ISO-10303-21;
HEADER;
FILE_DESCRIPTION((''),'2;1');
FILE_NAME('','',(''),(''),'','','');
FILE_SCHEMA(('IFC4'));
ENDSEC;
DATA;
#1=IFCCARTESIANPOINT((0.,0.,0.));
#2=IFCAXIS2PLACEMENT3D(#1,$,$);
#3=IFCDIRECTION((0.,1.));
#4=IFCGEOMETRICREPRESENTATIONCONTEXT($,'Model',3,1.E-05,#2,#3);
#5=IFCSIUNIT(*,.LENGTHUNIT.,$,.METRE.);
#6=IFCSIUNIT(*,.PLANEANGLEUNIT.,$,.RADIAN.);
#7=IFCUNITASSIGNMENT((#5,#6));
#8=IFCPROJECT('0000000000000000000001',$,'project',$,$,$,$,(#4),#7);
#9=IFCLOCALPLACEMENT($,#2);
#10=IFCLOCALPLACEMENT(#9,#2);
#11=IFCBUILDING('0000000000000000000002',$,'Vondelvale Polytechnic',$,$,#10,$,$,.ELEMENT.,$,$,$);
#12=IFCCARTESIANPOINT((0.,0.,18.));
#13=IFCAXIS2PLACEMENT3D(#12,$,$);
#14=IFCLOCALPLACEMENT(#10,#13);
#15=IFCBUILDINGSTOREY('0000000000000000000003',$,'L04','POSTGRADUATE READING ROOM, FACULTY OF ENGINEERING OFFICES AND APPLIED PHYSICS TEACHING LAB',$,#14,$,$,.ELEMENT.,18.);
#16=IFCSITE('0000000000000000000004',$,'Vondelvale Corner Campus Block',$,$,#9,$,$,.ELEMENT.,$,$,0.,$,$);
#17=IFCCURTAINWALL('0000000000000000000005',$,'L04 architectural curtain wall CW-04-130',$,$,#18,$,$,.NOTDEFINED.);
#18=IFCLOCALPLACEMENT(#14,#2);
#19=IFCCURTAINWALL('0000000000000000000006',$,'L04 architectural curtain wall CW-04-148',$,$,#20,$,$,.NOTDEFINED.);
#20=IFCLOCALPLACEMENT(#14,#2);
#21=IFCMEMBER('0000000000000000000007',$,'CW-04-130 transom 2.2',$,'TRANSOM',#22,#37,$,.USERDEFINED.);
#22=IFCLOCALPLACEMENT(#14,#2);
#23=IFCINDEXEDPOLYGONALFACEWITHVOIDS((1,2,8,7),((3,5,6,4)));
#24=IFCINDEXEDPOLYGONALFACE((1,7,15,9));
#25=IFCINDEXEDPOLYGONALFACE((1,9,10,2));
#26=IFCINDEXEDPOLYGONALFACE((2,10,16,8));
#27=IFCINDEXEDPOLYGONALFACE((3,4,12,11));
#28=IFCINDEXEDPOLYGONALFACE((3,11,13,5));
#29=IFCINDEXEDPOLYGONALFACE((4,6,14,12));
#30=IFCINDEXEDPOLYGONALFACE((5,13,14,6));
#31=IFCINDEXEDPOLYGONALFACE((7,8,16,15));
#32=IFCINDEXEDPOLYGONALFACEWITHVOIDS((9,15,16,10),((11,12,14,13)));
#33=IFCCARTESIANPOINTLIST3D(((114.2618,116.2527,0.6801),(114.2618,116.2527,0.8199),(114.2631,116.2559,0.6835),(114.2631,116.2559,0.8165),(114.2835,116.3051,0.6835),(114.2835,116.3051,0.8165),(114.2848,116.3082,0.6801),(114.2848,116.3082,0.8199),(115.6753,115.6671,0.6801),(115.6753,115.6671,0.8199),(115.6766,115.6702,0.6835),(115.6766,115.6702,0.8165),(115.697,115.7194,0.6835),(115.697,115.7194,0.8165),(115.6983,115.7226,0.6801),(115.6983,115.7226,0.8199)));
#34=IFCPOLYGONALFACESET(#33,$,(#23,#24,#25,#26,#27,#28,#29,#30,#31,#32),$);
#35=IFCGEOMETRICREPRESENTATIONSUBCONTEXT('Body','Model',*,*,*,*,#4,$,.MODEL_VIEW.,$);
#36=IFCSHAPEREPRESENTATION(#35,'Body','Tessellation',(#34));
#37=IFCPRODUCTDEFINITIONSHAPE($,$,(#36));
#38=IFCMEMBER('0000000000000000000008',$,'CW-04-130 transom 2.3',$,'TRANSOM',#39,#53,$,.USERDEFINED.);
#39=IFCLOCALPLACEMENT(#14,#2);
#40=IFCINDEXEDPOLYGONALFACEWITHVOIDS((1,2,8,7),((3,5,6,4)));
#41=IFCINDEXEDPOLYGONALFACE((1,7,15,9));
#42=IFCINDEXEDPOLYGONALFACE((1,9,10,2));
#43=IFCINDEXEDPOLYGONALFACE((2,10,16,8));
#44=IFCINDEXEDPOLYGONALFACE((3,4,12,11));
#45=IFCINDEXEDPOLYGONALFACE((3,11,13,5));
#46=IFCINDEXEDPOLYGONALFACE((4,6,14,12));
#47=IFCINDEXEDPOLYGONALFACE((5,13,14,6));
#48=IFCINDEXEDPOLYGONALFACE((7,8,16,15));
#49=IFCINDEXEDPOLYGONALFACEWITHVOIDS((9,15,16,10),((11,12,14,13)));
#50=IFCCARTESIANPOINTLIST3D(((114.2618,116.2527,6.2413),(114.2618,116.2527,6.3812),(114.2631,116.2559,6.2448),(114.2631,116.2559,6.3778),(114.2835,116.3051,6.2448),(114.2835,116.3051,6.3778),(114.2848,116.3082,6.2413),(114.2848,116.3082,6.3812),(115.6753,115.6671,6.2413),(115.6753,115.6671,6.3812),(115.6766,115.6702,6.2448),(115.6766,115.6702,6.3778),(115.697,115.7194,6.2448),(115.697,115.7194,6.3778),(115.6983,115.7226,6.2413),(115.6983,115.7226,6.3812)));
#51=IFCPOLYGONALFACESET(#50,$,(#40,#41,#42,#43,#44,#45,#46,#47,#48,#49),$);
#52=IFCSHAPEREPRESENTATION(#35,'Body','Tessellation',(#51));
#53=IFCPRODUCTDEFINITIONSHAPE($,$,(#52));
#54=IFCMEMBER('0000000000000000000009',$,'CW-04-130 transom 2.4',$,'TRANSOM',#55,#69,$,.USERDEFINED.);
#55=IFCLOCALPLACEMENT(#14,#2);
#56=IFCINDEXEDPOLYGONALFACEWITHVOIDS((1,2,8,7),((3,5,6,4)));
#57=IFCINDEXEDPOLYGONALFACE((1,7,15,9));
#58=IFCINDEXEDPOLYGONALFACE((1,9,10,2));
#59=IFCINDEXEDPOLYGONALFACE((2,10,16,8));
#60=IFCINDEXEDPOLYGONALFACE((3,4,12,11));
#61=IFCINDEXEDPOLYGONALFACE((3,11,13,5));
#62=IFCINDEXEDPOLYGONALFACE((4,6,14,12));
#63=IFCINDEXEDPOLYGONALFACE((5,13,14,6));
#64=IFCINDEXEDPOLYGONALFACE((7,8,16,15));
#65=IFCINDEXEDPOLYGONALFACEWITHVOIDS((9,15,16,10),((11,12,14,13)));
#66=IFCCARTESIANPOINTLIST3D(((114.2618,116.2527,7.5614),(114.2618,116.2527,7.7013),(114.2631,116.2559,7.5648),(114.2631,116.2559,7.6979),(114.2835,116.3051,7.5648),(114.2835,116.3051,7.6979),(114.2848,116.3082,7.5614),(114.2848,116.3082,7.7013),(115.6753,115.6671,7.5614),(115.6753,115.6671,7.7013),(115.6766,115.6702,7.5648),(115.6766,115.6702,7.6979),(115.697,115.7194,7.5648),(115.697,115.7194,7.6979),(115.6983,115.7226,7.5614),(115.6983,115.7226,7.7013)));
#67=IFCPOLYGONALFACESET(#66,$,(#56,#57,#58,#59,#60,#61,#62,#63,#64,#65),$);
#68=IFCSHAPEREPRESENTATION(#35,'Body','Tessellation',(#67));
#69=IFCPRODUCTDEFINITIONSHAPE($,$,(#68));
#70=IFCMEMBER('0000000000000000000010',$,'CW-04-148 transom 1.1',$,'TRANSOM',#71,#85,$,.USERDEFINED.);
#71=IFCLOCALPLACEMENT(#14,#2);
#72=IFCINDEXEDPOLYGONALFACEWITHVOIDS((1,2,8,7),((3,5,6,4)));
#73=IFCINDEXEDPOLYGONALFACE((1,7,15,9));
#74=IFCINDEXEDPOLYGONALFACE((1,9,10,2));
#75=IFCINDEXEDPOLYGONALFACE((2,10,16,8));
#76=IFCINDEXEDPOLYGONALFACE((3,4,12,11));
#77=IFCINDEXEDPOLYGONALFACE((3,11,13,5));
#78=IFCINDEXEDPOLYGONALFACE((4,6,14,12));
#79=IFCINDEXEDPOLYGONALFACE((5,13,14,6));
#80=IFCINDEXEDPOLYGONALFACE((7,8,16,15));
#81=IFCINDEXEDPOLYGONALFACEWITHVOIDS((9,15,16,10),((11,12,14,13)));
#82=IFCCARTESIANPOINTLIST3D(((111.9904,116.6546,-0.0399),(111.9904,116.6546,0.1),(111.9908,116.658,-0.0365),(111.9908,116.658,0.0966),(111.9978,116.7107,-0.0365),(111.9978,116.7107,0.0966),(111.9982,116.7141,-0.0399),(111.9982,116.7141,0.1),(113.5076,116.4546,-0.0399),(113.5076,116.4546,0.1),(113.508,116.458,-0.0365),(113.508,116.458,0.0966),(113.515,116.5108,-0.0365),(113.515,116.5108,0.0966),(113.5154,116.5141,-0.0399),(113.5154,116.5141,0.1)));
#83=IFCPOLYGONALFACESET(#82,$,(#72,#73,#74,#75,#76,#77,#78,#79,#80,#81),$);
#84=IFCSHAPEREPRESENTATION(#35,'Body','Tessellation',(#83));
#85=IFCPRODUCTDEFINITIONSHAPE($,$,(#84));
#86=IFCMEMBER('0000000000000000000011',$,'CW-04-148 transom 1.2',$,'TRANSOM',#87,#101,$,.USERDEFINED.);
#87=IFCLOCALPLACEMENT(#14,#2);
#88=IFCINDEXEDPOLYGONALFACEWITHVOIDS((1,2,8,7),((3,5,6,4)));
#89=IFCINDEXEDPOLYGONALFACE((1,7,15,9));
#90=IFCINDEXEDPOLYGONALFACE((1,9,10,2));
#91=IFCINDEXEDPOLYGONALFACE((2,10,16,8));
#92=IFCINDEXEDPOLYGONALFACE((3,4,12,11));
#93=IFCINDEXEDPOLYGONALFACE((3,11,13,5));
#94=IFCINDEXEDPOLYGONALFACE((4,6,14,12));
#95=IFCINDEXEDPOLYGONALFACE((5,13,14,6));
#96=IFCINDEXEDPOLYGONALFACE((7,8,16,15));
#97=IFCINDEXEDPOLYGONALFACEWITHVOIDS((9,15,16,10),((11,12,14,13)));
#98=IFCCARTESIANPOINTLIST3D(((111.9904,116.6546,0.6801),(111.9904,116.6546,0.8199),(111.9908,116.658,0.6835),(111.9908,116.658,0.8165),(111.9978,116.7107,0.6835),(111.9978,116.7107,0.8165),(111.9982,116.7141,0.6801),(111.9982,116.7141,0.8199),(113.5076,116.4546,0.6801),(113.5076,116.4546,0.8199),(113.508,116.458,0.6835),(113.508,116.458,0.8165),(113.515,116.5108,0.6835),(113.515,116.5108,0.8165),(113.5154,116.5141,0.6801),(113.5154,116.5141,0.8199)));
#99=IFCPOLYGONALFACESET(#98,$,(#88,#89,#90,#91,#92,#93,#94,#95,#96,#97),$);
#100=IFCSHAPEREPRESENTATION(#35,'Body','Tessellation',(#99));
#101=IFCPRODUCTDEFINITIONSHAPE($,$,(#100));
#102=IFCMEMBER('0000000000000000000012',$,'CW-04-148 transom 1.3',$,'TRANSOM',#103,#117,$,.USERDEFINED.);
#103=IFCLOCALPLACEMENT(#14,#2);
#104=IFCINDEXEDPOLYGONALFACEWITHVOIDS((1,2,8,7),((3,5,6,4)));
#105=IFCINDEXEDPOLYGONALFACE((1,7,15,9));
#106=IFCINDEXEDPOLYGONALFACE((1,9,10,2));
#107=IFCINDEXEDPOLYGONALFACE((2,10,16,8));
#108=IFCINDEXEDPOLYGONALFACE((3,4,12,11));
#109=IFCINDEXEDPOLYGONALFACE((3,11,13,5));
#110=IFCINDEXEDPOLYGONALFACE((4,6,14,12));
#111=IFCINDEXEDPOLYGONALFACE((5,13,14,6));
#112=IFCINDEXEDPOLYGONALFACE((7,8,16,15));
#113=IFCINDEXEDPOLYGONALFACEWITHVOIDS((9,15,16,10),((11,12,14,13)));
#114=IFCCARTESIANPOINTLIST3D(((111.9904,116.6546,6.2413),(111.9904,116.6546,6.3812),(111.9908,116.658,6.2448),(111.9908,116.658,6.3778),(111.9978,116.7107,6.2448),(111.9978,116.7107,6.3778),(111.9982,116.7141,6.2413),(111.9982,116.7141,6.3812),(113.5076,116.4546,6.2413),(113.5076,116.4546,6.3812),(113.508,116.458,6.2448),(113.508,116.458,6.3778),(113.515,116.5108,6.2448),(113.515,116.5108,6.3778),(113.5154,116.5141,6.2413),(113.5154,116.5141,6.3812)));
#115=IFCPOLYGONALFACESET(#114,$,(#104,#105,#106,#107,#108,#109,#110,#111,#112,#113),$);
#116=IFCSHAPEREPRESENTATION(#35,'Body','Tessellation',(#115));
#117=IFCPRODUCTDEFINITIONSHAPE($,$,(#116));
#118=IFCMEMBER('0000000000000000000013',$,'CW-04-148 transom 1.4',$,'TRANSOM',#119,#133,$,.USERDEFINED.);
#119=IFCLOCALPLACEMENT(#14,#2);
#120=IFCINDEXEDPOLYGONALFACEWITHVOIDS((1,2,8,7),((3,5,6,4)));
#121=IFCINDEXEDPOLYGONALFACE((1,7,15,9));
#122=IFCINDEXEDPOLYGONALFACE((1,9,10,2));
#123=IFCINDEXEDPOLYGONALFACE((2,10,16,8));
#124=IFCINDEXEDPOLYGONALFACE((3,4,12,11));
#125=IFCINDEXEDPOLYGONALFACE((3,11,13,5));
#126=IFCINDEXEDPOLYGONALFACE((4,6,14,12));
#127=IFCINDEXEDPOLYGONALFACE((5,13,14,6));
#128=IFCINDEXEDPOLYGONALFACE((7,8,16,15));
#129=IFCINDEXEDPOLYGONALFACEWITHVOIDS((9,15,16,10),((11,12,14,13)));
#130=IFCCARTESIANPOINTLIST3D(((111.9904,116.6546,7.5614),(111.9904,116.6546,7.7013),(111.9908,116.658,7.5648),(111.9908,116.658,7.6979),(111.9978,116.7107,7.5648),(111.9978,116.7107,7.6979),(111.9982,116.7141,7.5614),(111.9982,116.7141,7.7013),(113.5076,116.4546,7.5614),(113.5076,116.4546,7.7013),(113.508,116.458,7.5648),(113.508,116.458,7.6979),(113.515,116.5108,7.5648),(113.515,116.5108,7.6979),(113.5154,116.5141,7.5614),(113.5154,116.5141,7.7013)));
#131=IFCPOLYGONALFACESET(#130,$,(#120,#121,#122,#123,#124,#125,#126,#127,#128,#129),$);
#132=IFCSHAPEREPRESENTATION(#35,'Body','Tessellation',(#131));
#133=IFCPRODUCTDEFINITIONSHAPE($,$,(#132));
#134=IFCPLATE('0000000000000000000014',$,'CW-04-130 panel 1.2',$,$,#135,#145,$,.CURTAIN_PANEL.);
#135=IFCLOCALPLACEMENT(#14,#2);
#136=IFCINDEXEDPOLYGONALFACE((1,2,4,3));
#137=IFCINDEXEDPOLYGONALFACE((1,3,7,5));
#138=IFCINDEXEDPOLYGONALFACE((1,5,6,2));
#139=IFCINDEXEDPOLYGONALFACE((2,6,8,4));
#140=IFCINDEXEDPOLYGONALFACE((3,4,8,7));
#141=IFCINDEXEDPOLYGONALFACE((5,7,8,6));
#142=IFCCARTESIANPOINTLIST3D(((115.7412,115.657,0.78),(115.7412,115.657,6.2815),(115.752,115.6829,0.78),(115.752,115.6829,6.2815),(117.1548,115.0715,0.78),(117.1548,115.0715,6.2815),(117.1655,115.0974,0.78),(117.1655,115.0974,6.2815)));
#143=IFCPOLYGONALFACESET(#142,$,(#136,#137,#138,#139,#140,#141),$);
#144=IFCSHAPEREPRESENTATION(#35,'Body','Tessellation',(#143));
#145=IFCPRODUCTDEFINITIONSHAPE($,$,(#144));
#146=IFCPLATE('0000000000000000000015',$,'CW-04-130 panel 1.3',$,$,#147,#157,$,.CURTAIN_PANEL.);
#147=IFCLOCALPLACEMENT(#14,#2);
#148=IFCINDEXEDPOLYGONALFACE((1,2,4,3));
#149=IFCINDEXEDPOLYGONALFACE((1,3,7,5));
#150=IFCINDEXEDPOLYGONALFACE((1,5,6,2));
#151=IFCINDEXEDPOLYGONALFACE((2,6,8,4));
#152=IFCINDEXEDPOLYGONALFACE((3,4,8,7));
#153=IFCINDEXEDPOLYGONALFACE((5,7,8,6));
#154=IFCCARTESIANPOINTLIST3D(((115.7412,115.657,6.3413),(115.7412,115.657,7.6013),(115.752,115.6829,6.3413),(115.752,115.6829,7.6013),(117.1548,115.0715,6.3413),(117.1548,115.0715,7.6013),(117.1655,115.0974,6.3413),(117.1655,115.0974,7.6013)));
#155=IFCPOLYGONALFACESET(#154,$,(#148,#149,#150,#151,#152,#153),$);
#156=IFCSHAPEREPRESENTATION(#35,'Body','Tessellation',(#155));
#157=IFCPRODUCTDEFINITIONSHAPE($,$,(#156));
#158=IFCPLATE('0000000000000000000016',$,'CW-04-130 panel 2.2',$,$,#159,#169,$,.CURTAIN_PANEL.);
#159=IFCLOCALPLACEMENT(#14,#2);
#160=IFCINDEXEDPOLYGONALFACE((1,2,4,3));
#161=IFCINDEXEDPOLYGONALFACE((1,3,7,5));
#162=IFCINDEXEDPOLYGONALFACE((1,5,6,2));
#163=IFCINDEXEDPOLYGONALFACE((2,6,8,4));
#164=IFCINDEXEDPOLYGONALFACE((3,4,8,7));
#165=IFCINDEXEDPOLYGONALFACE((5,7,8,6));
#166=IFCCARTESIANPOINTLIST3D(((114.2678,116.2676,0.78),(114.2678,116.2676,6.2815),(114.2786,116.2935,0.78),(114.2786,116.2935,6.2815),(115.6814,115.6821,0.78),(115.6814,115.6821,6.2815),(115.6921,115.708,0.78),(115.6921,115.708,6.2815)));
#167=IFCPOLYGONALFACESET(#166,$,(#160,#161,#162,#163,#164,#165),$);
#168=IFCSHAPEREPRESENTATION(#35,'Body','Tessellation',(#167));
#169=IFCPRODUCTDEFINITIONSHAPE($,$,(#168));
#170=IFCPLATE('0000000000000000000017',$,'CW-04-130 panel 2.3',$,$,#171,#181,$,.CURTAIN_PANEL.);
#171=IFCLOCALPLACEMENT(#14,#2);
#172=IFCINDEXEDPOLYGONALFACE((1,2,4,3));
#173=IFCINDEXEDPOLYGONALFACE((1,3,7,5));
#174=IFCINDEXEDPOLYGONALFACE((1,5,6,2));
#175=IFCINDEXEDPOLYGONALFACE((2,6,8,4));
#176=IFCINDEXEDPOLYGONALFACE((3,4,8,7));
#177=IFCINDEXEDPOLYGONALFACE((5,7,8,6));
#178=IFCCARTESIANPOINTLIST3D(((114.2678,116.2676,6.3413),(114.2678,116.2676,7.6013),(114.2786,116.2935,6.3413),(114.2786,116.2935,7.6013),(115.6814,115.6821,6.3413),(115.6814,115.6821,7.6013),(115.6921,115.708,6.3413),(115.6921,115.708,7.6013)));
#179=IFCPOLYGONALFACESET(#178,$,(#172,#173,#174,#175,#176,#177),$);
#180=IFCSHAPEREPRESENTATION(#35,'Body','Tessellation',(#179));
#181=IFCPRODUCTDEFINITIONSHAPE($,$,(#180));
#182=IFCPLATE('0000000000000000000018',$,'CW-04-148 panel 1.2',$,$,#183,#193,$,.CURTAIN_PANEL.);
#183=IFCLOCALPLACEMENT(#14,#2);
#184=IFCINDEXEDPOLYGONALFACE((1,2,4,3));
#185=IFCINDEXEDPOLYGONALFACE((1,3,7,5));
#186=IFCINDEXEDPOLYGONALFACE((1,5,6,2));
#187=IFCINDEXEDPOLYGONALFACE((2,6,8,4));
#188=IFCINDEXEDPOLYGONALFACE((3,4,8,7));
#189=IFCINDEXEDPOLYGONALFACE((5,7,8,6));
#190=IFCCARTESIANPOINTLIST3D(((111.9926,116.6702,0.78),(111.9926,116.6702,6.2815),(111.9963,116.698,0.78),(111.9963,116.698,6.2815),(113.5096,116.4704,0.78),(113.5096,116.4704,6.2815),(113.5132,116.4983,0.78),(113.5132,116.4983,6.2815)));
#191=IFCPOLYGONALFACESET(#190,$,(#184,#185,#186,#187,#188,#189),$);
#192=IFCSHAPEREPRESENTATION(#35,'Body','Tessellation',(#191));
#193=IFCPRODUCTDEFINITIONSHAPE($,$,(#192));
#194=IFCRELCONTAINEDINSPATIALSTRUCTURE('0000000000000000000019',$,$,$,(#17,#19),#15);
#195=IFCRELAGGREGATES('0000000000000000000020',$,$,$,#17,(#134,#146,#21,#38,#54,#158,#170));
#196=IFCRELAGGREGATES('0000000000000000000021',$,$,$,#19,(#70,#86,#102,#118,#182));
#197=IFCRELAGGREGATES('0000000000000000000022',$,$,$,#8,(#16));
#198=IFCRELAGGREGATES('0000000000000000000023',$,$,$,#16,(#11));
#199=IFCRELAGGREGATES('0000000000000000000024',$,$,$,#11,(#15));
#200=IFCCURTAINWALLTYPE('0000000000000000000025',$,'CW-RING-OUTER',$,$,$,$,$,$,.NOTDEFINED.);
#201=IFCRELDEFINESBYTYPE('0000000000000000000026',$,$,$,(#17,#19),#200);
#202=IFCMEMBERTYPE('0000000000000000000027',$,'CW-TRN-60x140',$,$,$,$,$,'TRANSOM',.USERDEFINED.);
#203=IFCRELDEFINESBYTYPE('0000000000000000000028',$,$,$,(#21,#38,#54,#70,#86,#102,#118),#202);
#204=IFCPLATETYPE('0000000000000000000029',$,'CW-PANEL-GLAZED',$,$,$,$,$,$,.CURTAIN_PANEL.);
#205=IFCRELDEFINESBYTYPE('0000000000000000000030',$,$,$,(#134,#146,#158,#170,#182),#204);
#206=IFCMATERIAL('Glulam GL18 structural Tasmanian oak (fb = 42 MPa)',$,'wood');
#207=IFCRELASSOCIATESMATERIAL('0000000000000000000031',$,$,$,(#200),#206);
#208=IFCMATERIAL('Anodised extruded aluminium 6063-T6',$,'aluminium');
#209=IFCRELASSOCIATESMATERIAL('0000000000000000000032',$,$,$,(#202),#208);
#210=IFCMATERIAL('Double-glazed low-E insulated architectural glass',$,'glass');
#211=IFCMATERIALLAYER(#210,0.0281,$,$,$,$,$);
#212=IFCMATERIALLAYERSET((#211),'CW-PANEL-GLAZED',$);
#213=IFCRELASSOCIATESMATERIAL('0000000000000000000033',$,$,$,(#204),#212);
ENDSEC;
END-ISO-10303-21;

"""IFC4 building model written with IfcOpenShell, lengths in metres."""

from ifc_helpers import new_model, si_unit, direction, frame, origin, origin_2d, place, context, subcontext, project, spatial, rectangle, hollow_rectangle, extrude, material, layer, layer_set, material_profile, profile_set, type_object, element, aggregate, save


model = new_model("IFC4")

# Units and contexts
model_context = context("Model", 3, precision=1e-05, world=origin(), true_north=direction((0.0, 1.0)))
body_context = subcontext(model_context, "Body", "Model", "MODEL_VIEW")
ifc_project = project(units=[si_unit("LENGTHUNIT", "METRE"), si_unit("PLANEANGLEUNIT", "RADIAN")], contexts=[model_context])

# Site, building, storey
site_placement = place(None, origin())
site = spatial("IfcSite", under=ifc_project, at=site_placement, Name="Vondelvale Corner Campus Block", CompositionType="ELEMENT", RefElevation=0.0)
building_placement = place(site_placement, origin())
building = spatial("IfcBuilding", under=site, at=building_placement, Name="Vondelvale Polytechnic", CompositionType="ELEMENT")
storey_placement = place(building_placement, frame((0.0, 0.0, 18.0)))
storey = spatial("IfcBuildingStorey", under=building, at=storey_placement, Name="L04", Description="POSTGRADUATE READING ROOM, FACULTY OF ENGINEERING OFFICES AND APPLIED PHYSICS TEACHING LAB", CompositionType="ELEMENT", Elevation=18.0)

# Curtain wall
ifc_material_1 = material(Name="Glulam GL18 structural Tasmanian oak (fb = 42 MPa)", Category="wood")
curtain_wall_type = type_object("IfcCurtainWallType", Name="CW-RING-OUTER", PredefinedType="NOTDEFINED", material=ifc_material_1)
curtain_wall_1_placement = place(storey_placement, origin())
curtain_wall_1 = element("IfcCurtainWall", 1, at=curtain_wall_1_placement, inside=storey, type_object=curtain_wall_type, Name="L04 architectural curtain wall CW-04-130", PredefinedType="NOTDEFINED")
ifc_material_2 = material(Name="Anodised extruded aluminium 6063-T6", Category="aluminium")

# Curtain wall
curtain_wall_2_placement = place(storey_placement, origin())
curtain_wall_2 = element("IfcCurtainWall", 2, at=curtain_wall_2_placement, inside=storey, type_object=curtain_wall_type, Name="L04 architectural curtain wall CW-04-148", PredefinedType="NOTDEFINED")

# Members
ifc_material_profile_1 = material_profile(ifc_material_2, hollow_rectangle(XDim=0.0601, YDim=0.1399, WallThickness=0.0034, at=origin_2d()), Name="CW-TRN-140x60")
ifc_profile_set_1 = profile_set([ifc_material_profile_1], Name="Anodised extruded aluminium 6063-T6")
member_type_1 = type_object("IfcMemberType", Name="CW-TRN-60x140", ElementType="TRANSOM", PredefinedType="USERDEFINED", material=ifc_profile_set_1)
member_1_placement = place(storey_placement, frame((115.6868, 115.6948, 0.75), z_axis=(-0.92384, 0.382779, 0.0), x_axis=(-0.382779, -0.92384, 0.0)))
member_1 = element("IfcMember", 3, at=member_1_placement, type_object=member_type_1, Name="CW-04-130 transom 2.2", ObjectType="TRANSOM", PredefinedType="USERDEFINED", context=body_context, shape_type="SweptSolid", body=[
    extrude(hollow_rectangle(XDim=0.0601, YDim=0.1399, WallThickness=0.0034, at=origin_2d()), origin(), (0.0, 0.0, 1.0), 1.53),
])
member_2_placement = place(storey_placement, frame((115.6868, 115.6948, 6.3113), z_axis=(-0.92384, 0.382779, 0.0), x_axis=(-0.382779, -0.92384, 0.0)))
member_2 = element("IfcMember", 4, at=member_2_placement, type_object=member_type_1, Name="CW-04-130 transom 2.3", ObjectType="TRANSOM", PredefinedType="USERDEFINED", context=body_context, shape_type="SweptSolid", body=[
    extrude(hollow_rectangle(XDim=0.0601, YDim=0.1399, WallThickness=0.0034, at=origin_2d()), origin(), (0.0, 0.0, 1.0), 1.53),
])
member_3_placement = place(storey_placement, frame((115.6868, 115.6948, 7.6313), z_axis=(-0.92384, 0.382779, 0.0), x_axis=(-0.382779, -0.92384, 0.0)))
member_3 = element("IfcMember", 5, at=member_3_placement, type_object=member_type_1, Name="CW-04-130 transom 2.4", ObjectType="TRANSOM", PredefinedType="USERDEFINED", context=body_context, shape_type="SweptSolid", body=[
    extrude(hollow_rectangle(XDim=0.0601, YDim=0.1399, WallThickness=0.0034, at=origin_2d()), origin(), (0.0, 0.0, 1.0), 1.53),
])
member_4_placement = place(storey_placement, frame((113.5115, 116.4844, 0.03), z_axis=(-0.991426, 0.130669, 0.0), x_axis=(-0.130669, -0.991426, 0.0)))
member_4 = element("IfcMember", 6, at=member_4_placement, type_object=member_type_1, Name="CW-04-148 transom 1.1", ObjectType="TRANSOM", PredefinedType="USERDEFINED", context=body_context, shape_type="SweptSolid", body=[
    extrude(hollow_rectangle(XDim=0.0601, YDim=0.1399, WallThickness=0.0034, at=origin_2d()), origin(), (0.0, 0.0, 1.0), 1.5303),
])
member_5_placement = place(storey_placement, frame((113.5115, 116.4844, 0.75), z_axis=(-0.991426, 0.130669, 0.0), x_axis=(-0.130669, -0.991426, 0.0)))
member_5 = element("IfcMember", 7, at=member_5_placement, type_object=member_type_1, Name="CW-04-148 transom 1.2", ObjectType="TRANSOM", PredefinedType="USERDEFINED", context=body_context, shape_type="SweptSolid", body=[
    extrude(hollow_rectangle(XDim=0.0601, YDim=0.1399, WallThickness=0.0034, at=origin_2d()), origin(), (0.0, 0.0, 1.0), 1.5303),
])
member_6_placement = place(storey_placement, frame((113.5115, 116.4844, 6.3113), z_axis=(-0.991426, 0.130669, 0.0), x_axis=(-0.130669, -0.991426, 0.0)))
member_6 = element("IfcMember", 8, at=member_6_placement, type_object=member_type_1, Name="CW-04-148 transom 1.3", ObjectType="TRANSOM", PredefinedType="USERDEFINED", context=body_context, shape_type="SweptSolid", body=[
    extrude(hollow_rectangle(XDim=0.0601, YDim=0.1399, WallThickness=0.0034, at=origin_2d()), origin(), (0.0, 0.0, 1.0), 1.5303),
])
member_7_placement = place(storey_placement, frame((113.5115, 116.4844, 7.6313), z_axis=(-0.991426, 0.130669, 0.0), x_axis=(-0.130669, -0.991426, 0.0)))
member_7 = element("IfcMember", 9, at=member_7_placement, type_object=member_type_1, Name="CW-04-148 transom 1.4", ObjectType="TRANSOM", PredefinedType="USERDEFINED", context=body_context, shape_type="SweptSolid", body=[
    extrude(hollow_rectangle(XDim=0.0601, YDim=0.1399, WallThickness=0.0034, at=origin_2d()), origin(), (0.0, 0.0, 1.0), 1.5303),
])

# Plates
ifc_material_3 = material(Name="Double-glazed low-E insulated architectural glass", Category="glass")
ifc_layer_1 = layer(ifc_material_3, 0.0281)
ifc_layer_set_1 = layer_set([ifc_layer_1], Name="CW-PANEL-GLAZED")
plate_type_1 = type_object("IfcPlateType", Name="CW-PANEL-GLAZED", PredefinedType="CURTAIN_PANEL", material=ifc_layer_set_1)
plate_1_placement = place(storey_placement, frame((116.4534, 115.3772, 0.78), z_axis=(0.0, 0.0, 1.0), x_axis=(-0.923882, 0.382677, 0.0)))
plate_1 = element("IfcPlate", 10, at=plate_1_placement, type_object=plate_type_1, Name="CW-04-130 panel 1.2", PredefinedType="CURTAIN_PANEL", context=body_context, shape_type="SweptSolid", body=[
    extrude(rectangle(XDim=1.53, YDim=0.0281, at=origin_2d()), origin(), (0.0, 0.0, 1.0), 5.5015),
])
plate_2_placement = place(storey_placement, frame((116.4534, 115.3772, 6.3413), z_axis=(0.0, 0.0, 1.0), x_axis=(-0.923882, 0.382677, 0.0)))
plate_2 = element("IfcPlate", 11, at=plate_2_placement, type_object=plate_type_1, Name="CW-04-130 panel 1.3", PredefinedType="CURTAIN_PANEL", context=body_context, shape_type="SweptSolid", body=[
    extrude(rectangle(XDim=1.53, YDim=0.0281, at=origin_2d()), origin(), (0.0, 0.0, 1.0), 1.26),
])
plate_3_placement = place(storey_placement, frame((114.98, 115.9878, 0.78), z_axis=(0.0, 0.0, 1.0), x_axis=(-0.923882, 0.382677, 0.0)))
plate_3 = element("IfcPlate", 12, at=plate_3_placement, type_object=plate_type_1, Name="CW-04-130 panel 2.2", PredefinedType="CURTAIN_PANEL", context=body_context, shape_type="SweptSolid", body=[
    extrude(rectangle(XDim=1.53, YDim=0.0281, at=origin_2d()), origin(), (0.0, 0.0, 1.0), 5.5015),
])
plate_4_placement = place(storey_placement, frame((114.98, 115.9878, 6.3413), z_axis=(0.0, 0.0, 1.0), x_axis=(-0.923882, 0.382677, 0.0)))
plate_4 = element("IfcPlate", 13, at=plate_4_placement, type_object=plate_type_1, Name="CW-04-130 panel 2.3", PredefinedType="CURTAIN_PANEL", context=body_context, shape_type="SweptSolid", body=[
    extrude(rectangle(XDim=1.53, YDim=0.0281, at=origin_2d()), origin(), (0.0, 0.0, 1.0), 1.26),
])
plate_5_placement = place(storey_placement, frame((112.7529, 116.5842, 0.78), z_axis=(0.0, 0.0, 1.0), x_axis=(-0.991443, 0.13054, 0.0)))
plate_5 = element("IfcPlate", 14, at=plate_5_placement, type_object=plate_type_1, Name="CW-04-148 panel 1.2", PredefinedType="CURTAIN_PANEL", context=body_context, shape_type="SweptSolid", body=[
    extrude(rectangle(XDim=1.53, YDim=0.0281, at=origin_2d()), origin(), (0.0, 0.0, 1.0), 5.5015),
])
aggregate(curtain_wall_1, [plate_1, plate_2, member_1, member_2, member_3, plate_3, plate_4])
aggregate(curtain_wall_2, [member_4, member_5, member_6, member_7, plate_5])

save(model, "model.ifc")
